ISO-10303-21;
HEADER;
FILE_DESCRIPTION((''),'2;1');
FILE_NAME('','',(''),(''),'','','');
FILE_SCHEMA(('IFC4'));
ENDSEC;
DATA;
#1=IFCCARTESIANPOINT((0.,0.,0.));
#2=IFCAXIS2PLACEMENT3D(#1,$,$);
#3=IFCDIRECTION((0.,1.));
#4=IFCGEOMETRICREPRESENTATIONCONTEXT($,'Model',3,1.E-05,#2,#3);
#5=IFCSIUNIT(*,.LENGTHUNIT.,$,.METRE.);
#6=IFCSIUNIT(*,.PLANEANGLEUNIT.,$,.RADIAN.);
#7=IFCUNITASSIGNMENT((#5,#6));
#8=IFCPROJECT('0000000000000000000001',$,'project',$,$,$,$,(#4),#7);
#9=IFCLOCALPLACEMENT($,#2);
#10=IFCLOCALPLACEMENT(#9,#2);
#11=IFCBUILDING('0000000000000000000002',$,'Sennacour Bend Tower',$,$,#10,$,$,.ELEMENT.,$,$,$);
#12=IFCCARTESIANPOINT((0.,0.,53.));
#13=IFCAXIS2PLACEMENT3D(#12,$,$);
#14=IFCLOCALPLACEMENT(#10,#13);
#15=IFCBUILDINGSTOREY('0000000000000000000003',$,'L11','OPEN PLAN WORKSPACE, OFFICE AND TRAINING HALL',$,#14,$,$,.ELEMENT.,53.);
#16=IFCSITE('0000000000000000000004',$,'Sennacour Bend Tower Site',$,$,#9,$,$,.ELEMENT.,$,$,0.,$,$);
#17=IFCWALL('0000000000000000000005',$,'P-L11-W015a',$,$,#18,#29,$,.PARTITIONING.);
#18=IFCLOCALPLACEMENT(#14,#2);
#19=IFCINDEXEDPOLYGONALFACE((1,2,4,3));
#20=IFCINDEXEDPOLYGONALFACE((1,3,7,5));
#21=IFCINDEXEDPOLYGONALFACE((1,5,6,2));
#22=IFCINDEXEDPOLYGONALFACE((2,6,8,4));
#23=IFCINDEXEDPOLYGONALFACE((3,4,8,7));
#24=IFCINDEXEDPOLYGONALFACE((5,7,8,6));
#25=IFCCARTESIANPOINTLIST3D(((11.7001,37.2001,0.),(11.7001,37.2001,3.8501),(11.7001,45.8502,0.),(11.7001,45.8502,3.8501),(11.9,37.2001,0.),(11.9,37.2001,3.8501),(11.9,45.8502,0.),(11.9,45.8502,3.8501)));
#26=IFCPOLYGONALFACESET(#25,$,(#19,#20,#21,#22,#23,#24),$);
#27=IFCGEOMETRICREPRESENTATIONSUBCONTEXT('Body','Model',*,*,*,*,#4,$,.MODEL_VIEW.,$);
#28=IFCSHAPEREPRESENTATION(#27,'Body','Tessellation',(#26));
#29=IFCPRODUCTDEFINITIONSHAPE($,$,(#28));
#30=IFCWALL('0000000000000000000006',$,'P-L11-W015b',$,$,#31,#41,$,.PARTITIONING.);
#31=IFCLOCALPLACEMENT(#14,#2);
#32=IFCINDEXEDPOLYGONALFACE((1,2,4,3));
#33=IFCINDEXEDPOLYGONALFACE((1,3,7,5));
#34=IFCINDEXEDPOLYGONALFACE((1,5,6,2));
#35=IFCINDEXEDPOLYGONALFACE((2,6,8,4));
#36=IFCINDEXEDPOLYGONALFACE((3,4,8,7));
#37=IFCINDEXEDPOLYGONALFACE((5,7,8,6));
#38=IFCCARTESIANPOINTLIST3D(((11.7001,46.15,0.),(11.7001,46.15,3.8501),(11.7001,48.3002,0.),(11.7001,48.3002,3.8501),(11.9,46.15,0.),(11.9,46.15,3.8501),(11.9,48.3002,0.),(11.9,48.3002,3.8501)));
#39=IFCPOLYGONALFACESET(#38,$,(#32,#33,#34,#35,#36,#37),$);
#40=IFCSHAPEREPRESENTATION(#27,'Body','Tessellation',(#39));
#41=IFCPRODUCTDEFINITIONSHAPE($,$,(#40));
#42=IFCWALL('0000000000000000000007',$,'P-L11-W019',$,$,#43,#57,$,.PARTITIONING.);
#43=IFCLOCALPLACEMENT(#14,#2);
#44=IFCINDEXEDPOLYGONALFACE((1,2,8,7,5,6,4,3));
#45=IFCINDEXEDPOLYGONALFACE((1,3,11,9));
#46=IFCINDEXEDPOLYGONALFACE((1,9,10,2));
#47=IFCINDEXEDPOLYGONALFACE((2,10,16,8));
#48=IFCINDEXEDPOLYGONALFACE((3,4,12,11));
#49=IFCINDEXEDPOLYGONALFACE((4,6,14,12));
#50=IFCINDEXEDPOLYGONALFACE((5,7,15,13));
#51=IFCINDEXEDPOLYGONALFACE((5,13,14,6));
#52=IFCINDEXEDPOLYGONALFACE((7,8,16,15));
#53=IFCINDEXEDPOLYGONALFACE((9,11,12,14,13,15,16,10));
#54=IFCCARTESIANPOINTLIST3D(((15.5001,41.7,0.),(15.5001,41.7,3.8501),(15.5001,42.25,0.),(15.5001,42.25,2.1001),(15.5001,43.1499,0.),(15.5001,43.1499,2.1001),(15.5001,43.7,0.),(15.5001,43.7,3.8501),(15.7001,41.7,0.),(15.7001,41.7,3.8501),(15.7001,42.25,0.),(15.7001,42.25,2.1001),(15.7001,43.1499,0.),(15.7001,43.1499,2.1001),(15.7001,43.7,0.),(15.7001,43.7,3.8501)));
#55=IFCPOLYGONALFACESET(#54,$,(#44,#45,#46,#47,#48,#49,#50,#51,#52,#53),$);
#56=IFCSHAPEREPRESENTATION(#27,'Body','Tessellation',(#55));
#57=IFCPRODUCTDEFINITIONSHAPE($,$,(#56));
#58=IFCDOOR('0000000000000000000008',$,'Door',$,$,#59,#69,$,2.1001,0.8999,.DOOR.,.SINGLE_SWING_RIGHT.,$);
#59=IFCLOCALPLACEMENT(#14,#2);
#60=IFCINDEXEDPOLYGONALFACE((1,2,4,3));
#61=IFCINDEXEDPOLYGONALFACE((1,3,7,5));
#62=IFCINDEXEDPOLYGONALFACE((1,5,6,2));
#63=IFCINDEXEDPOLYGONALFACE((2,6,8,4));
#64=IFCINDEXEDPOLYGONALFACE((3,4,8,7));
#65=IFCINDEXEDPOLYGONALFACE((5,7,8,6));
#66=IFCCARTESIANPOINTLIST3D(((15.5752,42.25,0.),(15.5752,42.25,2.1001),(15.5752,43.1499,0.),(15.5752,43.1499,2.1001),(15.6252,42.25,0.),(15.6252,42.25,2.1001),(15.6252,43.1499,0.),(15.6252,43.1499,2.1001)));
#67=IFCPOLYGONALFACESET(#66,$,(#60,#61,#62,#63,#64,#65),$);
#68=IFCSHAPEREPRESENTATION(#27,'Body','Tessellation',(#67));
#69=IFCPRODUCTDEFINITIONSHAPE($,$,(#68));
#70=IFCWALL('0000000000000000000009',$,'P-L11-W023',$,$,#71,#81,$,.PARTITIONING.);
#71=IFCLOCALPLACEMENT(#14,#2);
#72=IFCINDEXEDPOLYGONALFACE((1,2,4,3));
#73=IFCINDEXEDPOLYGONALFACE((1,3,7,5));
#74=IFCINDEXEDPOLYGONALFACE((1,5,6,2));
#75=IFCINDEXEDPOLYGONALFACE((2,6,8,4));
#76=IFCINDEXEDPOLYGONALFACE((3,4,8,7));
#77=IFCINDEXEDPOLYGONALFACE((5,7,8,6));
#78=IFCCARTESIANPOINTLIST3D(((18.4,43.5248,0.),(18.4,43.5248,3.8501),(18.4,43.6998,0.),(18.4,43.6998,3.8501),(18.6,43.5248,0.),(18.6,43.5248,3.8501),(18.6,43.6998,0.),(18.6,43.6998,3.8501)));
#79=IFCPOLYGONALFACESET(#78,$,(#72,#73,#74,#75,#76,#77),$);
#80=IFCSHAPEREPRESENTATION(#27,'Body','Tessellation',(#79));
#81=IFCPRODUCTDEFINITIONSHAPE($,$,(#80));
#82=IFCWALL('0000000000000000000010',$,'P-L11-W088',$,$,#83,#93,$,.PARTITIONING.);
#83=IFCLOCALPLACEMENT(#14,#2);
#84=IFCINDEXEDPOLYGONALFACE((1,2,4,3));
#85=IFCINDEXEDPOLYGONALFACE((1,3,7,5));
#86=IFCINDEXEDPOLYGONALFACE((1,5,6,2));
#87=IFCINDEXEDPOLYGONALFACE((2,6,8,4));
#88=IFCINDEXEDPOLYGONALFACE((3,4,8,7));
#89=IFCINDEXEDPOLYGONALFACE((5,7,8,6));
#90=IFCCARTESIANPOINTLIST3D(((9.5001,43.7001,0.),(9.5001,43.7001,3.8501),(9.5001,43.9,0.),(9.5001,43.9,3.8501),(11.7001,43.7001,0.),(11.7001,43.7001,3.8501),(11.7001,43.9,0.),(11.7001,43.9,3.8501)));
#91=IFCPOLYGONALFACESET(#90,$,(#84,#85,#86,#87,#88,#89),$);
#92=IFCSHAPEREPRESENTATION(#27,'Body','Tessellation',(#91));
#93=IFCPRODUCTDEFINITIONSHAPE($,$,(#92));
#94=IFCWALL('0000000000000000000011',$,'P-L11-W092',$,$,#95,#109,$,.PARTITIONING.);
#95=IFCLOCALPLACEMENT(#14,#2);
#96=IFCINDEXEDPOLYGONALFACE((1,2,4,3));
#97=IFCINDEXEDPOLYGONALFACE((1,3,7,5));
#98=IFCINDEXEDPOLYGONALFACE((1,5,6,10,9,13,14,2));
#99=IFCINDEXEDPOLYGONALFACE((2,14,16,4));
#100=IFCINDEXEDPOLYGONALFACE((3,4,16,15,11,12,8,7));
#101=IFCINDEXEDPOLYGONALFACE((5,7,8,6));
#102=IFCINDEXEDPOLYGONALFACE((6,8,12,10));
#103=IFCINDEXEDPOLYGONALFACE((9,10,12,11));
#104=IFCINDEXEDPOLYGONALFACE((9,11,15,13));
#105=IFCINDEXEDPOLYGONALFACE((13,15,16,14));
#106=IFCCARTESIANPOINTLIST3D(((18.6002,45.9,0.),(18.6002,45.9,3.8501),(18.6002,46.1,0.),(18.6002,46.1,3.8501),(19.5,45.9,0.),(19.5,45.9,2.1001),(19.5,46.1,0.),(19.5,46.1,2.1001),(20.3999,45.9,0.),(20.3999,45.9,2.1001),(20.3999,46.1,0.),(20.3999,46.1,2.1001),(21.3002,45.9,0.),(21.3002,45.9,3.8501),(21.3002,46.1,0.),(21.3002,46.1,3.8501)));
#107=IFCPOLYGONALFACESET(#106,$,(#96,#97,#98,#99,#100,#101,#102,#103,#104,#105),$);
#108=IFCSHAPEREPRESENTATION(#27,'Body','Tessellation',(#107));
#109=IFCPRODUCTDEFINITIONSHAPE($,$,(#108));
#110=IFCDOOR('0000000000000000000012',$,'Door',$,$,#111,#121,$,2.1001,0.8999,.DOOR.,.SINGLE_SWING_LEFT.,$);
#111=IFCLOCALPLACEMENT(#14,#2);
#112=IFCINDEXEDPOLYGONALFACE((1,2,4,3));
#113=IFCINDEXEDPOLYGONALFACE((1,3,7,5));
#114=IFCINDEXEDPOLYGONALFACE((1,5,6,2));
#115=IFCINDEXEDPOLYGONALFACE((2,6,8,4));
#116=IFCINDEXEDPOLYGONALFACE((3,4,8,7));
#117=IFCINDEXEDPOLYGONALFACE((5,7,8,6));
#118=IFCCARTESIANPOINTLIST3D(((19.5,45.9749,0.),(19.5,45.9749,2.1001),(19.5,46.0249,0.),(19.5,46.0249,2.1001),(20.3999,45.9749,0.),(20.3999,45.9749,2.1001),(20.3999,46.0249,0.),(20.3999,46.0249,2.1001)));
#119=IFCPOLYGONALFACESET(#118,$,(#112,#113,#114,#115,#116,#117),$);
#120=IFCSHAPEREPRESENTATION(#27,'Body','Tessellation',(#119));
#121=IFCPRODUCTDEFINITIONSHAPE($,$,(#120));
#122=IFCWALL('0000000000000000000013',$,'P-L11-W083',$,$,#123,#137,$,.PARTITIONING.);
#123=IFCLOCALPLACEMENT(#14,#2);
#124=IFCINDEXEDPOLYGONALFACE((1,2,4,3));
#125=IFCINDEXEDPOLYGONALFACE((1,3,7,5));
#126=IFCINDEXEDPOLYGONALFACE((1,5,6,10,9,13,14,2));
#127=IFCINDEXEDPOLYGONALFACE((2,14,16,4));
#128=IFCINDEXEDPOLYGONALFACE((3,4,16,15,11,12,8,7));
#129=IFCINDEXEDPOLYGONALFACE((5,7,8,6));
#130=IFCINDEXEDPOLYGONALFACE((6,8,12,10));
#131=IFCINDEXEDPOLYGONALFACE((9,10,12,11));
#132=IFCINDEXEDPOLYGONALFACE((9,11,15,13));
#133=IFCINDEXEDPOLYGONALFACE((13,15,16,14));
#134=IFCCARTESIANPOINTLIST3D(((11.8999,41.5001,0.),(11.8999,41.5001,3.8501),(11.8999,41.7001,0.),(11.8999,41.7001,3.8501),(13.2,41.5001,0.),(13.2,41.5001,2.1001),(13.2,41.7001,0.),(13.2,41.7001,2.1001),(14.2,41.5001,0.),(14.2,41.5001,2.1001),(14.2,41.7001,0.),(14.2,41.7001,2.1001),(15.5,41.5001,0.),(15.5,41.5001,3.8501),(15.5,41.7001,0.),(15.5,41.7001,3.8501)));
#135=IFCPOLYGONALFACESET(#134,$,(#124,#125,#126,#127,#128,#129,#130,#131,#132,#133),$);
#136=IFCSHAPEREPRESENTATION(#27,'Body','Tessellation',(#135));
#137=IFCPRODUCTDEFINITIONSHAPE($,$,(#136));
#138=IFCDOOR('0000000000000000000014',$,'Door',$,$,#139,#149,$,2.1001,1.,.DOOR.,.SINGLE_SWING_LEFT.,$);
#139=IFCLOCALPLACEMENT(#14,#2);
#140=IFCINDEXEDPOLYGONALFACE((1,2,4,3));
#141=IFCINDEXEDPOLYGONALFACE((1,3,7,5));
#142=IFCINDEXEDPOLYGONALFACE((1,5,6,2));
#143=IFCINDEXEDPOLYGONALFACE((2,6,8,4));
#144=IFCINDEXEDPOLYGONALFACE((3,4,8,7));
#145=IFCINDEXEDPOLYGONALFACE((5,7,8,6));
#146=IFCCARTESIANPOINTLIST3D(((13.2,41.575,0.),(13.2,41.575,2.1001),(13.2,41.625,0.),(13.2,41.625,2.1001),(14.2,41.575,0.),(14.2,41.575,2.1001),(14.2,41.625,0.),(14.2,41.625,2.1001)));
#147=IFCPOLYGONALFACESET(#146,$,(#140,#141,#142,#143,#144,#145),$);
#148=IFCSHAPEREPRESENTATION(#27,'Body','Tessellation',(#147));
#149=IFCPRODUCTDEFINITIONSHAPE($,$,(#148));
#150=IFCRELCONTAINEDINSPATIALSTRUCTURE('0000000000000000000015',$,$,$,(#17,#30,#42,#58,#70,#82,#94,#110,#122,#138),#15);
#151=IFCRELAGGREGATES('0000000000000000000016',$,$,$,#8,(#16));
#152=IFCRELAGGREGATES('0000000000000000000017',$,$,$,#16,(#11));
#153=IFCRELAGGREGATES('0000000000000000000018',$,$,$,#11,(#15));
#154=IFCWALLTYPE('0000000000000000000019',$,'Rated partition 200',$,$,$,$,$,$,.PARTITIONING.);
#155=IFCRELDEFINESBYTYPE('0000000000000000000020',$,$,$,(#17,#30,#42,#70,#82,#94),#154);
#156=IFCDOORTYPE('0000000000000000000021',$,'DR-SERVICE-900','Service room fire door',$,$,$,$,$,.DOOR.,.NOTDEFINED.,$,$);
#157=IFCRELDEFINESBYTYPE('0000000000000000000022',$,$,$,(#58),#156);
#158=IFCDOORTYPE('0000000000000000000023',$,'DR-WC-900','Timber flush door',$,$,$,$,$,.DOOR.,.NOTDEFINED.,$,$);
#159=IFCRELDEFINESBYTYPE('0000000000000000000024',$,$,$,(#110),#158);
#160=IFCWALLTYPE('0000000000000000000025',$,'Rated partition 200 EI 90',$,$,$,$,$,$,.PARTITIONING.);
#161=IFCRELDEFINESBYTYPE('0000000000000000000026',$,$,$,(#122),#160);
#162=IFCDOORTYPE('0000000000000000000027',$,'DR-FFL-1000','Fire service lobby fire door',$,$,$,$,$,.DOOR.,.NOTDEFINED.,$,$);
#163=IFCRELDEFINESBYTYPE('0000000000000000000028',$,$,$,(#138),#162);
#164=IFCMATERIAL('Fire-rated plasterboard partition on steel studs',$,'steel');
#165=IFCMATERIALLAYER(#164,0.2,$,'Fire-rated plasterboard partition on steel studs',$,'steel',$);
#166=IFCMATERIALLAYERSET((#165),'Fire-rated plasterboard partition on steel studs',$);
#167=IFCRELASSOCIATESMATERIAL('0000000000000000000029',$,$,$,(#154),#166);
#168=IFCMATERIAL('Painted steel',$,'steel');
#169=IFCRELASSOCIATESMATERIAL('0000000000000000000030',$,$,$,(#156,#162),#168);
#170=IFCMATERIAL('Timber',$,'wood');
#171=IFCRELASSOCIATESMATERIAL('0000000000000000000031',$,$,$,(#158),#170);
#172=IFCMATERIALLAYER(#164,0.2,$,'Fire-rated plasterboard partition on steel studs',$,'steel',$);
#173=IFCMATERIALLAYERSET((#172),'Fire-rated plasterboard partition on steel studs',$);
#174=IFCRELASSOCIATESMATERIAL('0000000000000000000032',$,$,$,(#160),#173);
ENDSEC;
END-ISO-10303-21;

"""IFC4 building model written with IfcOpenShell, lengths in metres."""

from ifc_helpers import new_model, si_unit, direction, frame, frame_2d, origin, place, context, subcontext, project, spatial, rectangle, extrude, material, layer, layer_set, type_object, element, fill, save


model = new_model("IFC4")

# Units and contexts
model_context = context("Model", 3, precision=1e-05, world=origin(), true_north=direction((0.0, 1.0)))
body_context = subcontext(model_context, "Body", "Model", "MODEL_VIEW")
ifc_project = project(units=[si_unit("LENGTHUNIT", "METRE"), si_unit("PLANEANGLEUNIT", "RADIAN")], contexts=[model_context])

# Site, building, storey
site_placement = place(None, origin())
site = spatial("IfcSite", under=ifc_project, at=site_placement, Name="Sennacour Bend Tower Site", CompositionType="ELEMENT", RefElevation=0.0)
building_placement = place(site_placement, origin())
building = spatial("IfcBuilding", under=site, at=building_placement, Name="Sennacour Bend Tower", CompositionType="ELEMENT")
storey_placement = place(building_placement, frame((0.0, 0.0, 53.0)))
storey = spatial("IfcBuildingStorey", under=building, at=storey_placement, Name="L11", Description="OPEN PLAN WORKSPACE, OFFICE AND TRAINING HALL", CompositionType="ELEMENT", Elevation=53.0)

# Walls
ifc_material_1 = material(Name="Fire-rated plasterboard partition on steel studs", Category="steel")
ifc_layer_1 = layer(ifc_material_1, 0.2, Name="Fire-rated plasterboard partition on steel studs", Category="steel")
ifc_layer_set_1 = layer_set([ifc_layer_1], Name="Fire-rated plasterboard partition on steel studs")
wall_type_1 = type_object("IfcWallType", Name="Rated partition 200", PredefinedType="PARTITIONING", material=ifc_layer_set_1)
wall_1_placement = place(storey_placement, frame((11.8, 37.2, 0.0), z_axis=(0.0, 0.0, 1.0), x_axis=(0.0, 1.0, 0.0)))
element("IfcWall", 1, at=wall_1_placement, inside=storey, type_object=wall_type_1, Name="P-L11-W015a", PredefinedType="PARTITIONING", context=body_context, shape_type="SweptSolid", body=[
    extrude(rectangle(XDim=8.6501, YDim=0.2, at=frame_2d((4.3252, 0.0))), origin(), (0.0, 0.0, 1.0), 3.8501),
])
wall_2_placement = place(storey_placement, frame((11.8, 46.1499, 0.0), z_axis=(0.0, 0.0, 1.0), x_axis=(0.0, 1.0, 0.0)))
element("IfcWall", 2, at=wall_2_placement, inside=storey, type_object=wall_type_1, Name="P-L11-W015b", PredefinedType="PARTITIONING", context=body_context, shape_type="SweptSolid", body=[
    extrude(rectangle(XDim=2.1501, YDim=0.2, at=frame_2d((1.0752, 0.0))), origin(), (0.0, 0.0, 1.0), 3.8501),
])

# Wall, opening, door
wall_3_placement = place(storey_placement, frame((15.6001, 41.7, 0.0), z_axis=(0.0, 0.0, 1.0), x_axis=(0.0, 1.0, 0.0)))
wall_3 = element("IfcWall", 3, at=wall_3_placement, inside=storey, type_object=wall_type_1, Name="P-L11-W019", PredefinedType="PARTITIONING", context=body_context, shape_type="SweptSolid", body=[
    extrude(rectangle(XDim=2.0, YDim=0.2, at=frame_2d((1.0, 0.0))), origin(), (0.0, 0.0, 1.0), 3.8501),
])
opening_1_placement = place(wall_3_placement, frame((0.55, 0.0, 0.0)))
opening_1 = element("IfcOpeningElement", 4, at=opening_1_placement, cuts=wall_3, PredefinedType="OPENING", context=body_context, shape_type="SweptSolid", body=[
    extrude(rectangle(XDim=0.8999, YDim=2.1001, at=frame_2d((0.45, 1.05))), frame((0.0, 0.1099, 0.0), z_axis=(0.0, -1.0, 0.0), x_axis=(1.0, 0.0, 0.0)), (0.0, 0.0, 1.0), 0.22),
])
ifc_material_2 = material(Name="Painted steel", Category="steel")
door_type_1 = type_object("IfcDoorType", Name="DR-SERVICE-900", Description="Service room fire door", OperationType="NOTDEFINED", PredefinedType="DOOR", material=ifc_material_2)
door_1_placement = place(opening_1_placement, origin())
door_1 = element("IfcDoor", 5, at=door_1_placement, inside=storey, type_object=door_type_1, Name="Door", OperationType="SINGLE_SWING_RIGHT", OverallHeight=2.1001, OverallWidth=0.8999, PredefinedType="DOOR", context=body_context, shape_type="SweptSolid", body=[
    extrude(rectangle(XDim=0.8999, YDim=2.1001, at=frame_2d((0.45, 1.05))), frame((0.0, 0.0249, 0.0), z_axis=(0.0, -1.0, 0.0), x_axis=(1.0, 0.0, 0.0)), (0.0, 0.0, 1.0), 0.05),
])
fill(opening_1, door_1)

# Walls
wall_4_placement = place(storey_placement, frame((18.5, 43.5249, 0.0), z_axis=(0.0, 0.0, 1.0), x_axis=(0.0, 1.0, 0.0)))
element("IfcWall", 6, at=wall_4_placement, inside=storey, type_object=wall_type_1, Name="P-L11-W023", PredefinedType="PARTITIONING", context=body_context, shape_type="SweptSolid", body=[
    extrude(rectangle(XDim=0.175, YDim=0.2, at=frame_2d((0.0874, 0.0))), origin(), (0.0, 0.0, 1.0), 3.8501),
])
wall_5_placement = place(storey_placement, frame((9.5, 43.8, 0.0), z_axis=(0.0, 0.0, 1.0), x_axis=(1.0, 0.0, 0.0)))
element("IfcWall", 7, at=wall_5_placement, inside=storey, type_object=wall_type_1, Name="P-L11-W088", PredefinedType="PARTITIONING", context=body_context, shape_type="SweptSolid", body=[
    extrude(rectangle(XDim=2.2, YDim=0.2, at=frame_2d((1.1001, 0.0))), origin(), (0.0, 0.0, 1.0), 3.8501),
])

# Walls, openings, doors
wall_6_placement = place(storey_placement, frame((18.6001, 46.0, 0.0), z_axis=(0.0, 0.0, 1.0), x_axis=(1.0, 0.0, 0.0)))
wall_6 = element("IfcWall", 8, at=wall_6_placement, inside=storey, type_object=wall_type_1, Name="P-L11-W092", PredefinedType="PARTITIONING", context=body_context, shape_type="SweptSolid", body=[
    extrude(rectangle(XDim=2.7, YDim=0.2, at=frame_2d((1.3501, 0.0))), origin(), (0.0, 0.0, 1.0), 3.8501),
])
opening_2_placement = place(wall_6_placement, frame((0.8999, 0.0, 0.0)))
opening_2 = element("IfcOpeningElement", 9, at=opening_2_placement, cuts=wall_6, PredefinedType="OPENING", context=body_context, shape_type="SweptSolid", body=[
    extrude(rectangle(XDim=0.8999, YDim=2.1001, at=frame_2d((0.45, 1.05))), frame((0.0, 0.1099, 0.0), z_axis=(0.0, -1.0, 0.0), x_axis=(1.0, 0.0, 0.0)), (0.0, 0.0, 1.0), 0.22),
])
ifc_material_3 = material(Name="Timber", Category="wood")
door_type_2 = type_object("IfcDoorType", Name="DR-WC-900", Description="Timber flush door", OperationType="NOTDEFINED", PredefinedType="DOOR", material=ifc_material_3)
door_2_placement = place(opening_2_placement, origin())
door_2 = element("IfcDoor", 10, at=door_2_placement, inside=storey, type_object=door_type_2, Name="Door", OperationType="SINGLE_SWING_LEFT", OverallHeight=2.1001, OverallWidth=0.8999, PredefinedType="DOOR", context=body_context, shape_type="SweptSolid", body=[
    extrude(rectangle(XDim=0.8999, YDim=2.1001, at=frame_2d((0.45, 1.05))), frame((0.0, 0.0249, 0.0), z_axis=(0.0, -1.0, 0.0), x_axis=(1.0, 0.0, 0.0)), (0.0, 0.0, 1.0), 0.05),
])
fill(opening_2, door_2)
ifc_layer_2 = layer(ifc_material_1, 0.2, Name="Fire-rated plasterboard partition on steel studs", Category="steel")
ifc_layer_set_2 = layer_set([ifc_layer_2], Name="Fire-rated plasterboard partition on steel studs")
wall_type_2 = type_object("IfcWallType", Name="Rated partition 200 EI 90", PredefinedType="PARTITIONING", material=ifc_layer_set_2)
wall_7_placement = place(storey_placement, frame((11.8999, 41.6001, 0.0), z_axis=(0.0, 0.0, 1.0), x_axis=(1.0, 0.0, 0.0)))
wall_7 = element("IfcWall", 11, at=wall_7_placement, inside=storey, type_object=wall_type_2, Name="P-L11-W083", PredefinedType="PARTITIONING", context=body_context, shape_type="SweptSolid", body=[
    extrude(rectangle(XDim=3.6001, YDim=0.2, at=frame_2d((1.8, 0.0))), origin(), (0.0, 0.0, 1.0), 3.8501),
])
opening_3_placement = place(wall_7_placement, frame((1.3, 0.0, 0.0)))
opening_3 = element("IfcOpeningElement", 12, at=opening_3_placement, cuts=wall_7, PredefinedType="OPENING", context=body_context, shape_type="SweptSolid", body=[
    extrude(rectangle(XDim=1.0, YDim=2.1001, at=frame_2d((0.5, 1.05))), frame((0.0, 0.1099, 0.0), z_axis=(0.0, -1.0, 0.0), x_axis=(1.0, 0.0, 0.0)), (0.0, 0.0, 1.0), 0.22),
])
door_type_3 = type_object("IfcDoorType", Name="DR-FFL-1000", Description="Fire service lobby fire door", OperationType="NOTDEFINED", PredefinedType="DOOR", material=ifc_material_2)
door_3_placement = place(opening_3_placement, origin())
door_3 = element("IfcDoor", 13, at=door_3_placement, inside=storey, type_object=door_type_3, Name="Door", OperationType="SINGLE_SWING_LEFT", OverallHeight=2.1001, OverallWidth=1.0, PredefinedType="DOOR", context=body_context, shape_type="SweptSolid", body=[
    extrude(rectangle(XDim=1.0, YDim=2.1001, at=frame_2d((0.5, 1.05))), frame((0.0, 0.0249, 0.0), z_axis=(0.0, -1.0, 0.0), x_axis=(1.0, 0.0, 0.0)), (0.0, 0.0, 1.0), 0.05),
])
fill(opening_3, door_3)

save(model, "model.ifc")
